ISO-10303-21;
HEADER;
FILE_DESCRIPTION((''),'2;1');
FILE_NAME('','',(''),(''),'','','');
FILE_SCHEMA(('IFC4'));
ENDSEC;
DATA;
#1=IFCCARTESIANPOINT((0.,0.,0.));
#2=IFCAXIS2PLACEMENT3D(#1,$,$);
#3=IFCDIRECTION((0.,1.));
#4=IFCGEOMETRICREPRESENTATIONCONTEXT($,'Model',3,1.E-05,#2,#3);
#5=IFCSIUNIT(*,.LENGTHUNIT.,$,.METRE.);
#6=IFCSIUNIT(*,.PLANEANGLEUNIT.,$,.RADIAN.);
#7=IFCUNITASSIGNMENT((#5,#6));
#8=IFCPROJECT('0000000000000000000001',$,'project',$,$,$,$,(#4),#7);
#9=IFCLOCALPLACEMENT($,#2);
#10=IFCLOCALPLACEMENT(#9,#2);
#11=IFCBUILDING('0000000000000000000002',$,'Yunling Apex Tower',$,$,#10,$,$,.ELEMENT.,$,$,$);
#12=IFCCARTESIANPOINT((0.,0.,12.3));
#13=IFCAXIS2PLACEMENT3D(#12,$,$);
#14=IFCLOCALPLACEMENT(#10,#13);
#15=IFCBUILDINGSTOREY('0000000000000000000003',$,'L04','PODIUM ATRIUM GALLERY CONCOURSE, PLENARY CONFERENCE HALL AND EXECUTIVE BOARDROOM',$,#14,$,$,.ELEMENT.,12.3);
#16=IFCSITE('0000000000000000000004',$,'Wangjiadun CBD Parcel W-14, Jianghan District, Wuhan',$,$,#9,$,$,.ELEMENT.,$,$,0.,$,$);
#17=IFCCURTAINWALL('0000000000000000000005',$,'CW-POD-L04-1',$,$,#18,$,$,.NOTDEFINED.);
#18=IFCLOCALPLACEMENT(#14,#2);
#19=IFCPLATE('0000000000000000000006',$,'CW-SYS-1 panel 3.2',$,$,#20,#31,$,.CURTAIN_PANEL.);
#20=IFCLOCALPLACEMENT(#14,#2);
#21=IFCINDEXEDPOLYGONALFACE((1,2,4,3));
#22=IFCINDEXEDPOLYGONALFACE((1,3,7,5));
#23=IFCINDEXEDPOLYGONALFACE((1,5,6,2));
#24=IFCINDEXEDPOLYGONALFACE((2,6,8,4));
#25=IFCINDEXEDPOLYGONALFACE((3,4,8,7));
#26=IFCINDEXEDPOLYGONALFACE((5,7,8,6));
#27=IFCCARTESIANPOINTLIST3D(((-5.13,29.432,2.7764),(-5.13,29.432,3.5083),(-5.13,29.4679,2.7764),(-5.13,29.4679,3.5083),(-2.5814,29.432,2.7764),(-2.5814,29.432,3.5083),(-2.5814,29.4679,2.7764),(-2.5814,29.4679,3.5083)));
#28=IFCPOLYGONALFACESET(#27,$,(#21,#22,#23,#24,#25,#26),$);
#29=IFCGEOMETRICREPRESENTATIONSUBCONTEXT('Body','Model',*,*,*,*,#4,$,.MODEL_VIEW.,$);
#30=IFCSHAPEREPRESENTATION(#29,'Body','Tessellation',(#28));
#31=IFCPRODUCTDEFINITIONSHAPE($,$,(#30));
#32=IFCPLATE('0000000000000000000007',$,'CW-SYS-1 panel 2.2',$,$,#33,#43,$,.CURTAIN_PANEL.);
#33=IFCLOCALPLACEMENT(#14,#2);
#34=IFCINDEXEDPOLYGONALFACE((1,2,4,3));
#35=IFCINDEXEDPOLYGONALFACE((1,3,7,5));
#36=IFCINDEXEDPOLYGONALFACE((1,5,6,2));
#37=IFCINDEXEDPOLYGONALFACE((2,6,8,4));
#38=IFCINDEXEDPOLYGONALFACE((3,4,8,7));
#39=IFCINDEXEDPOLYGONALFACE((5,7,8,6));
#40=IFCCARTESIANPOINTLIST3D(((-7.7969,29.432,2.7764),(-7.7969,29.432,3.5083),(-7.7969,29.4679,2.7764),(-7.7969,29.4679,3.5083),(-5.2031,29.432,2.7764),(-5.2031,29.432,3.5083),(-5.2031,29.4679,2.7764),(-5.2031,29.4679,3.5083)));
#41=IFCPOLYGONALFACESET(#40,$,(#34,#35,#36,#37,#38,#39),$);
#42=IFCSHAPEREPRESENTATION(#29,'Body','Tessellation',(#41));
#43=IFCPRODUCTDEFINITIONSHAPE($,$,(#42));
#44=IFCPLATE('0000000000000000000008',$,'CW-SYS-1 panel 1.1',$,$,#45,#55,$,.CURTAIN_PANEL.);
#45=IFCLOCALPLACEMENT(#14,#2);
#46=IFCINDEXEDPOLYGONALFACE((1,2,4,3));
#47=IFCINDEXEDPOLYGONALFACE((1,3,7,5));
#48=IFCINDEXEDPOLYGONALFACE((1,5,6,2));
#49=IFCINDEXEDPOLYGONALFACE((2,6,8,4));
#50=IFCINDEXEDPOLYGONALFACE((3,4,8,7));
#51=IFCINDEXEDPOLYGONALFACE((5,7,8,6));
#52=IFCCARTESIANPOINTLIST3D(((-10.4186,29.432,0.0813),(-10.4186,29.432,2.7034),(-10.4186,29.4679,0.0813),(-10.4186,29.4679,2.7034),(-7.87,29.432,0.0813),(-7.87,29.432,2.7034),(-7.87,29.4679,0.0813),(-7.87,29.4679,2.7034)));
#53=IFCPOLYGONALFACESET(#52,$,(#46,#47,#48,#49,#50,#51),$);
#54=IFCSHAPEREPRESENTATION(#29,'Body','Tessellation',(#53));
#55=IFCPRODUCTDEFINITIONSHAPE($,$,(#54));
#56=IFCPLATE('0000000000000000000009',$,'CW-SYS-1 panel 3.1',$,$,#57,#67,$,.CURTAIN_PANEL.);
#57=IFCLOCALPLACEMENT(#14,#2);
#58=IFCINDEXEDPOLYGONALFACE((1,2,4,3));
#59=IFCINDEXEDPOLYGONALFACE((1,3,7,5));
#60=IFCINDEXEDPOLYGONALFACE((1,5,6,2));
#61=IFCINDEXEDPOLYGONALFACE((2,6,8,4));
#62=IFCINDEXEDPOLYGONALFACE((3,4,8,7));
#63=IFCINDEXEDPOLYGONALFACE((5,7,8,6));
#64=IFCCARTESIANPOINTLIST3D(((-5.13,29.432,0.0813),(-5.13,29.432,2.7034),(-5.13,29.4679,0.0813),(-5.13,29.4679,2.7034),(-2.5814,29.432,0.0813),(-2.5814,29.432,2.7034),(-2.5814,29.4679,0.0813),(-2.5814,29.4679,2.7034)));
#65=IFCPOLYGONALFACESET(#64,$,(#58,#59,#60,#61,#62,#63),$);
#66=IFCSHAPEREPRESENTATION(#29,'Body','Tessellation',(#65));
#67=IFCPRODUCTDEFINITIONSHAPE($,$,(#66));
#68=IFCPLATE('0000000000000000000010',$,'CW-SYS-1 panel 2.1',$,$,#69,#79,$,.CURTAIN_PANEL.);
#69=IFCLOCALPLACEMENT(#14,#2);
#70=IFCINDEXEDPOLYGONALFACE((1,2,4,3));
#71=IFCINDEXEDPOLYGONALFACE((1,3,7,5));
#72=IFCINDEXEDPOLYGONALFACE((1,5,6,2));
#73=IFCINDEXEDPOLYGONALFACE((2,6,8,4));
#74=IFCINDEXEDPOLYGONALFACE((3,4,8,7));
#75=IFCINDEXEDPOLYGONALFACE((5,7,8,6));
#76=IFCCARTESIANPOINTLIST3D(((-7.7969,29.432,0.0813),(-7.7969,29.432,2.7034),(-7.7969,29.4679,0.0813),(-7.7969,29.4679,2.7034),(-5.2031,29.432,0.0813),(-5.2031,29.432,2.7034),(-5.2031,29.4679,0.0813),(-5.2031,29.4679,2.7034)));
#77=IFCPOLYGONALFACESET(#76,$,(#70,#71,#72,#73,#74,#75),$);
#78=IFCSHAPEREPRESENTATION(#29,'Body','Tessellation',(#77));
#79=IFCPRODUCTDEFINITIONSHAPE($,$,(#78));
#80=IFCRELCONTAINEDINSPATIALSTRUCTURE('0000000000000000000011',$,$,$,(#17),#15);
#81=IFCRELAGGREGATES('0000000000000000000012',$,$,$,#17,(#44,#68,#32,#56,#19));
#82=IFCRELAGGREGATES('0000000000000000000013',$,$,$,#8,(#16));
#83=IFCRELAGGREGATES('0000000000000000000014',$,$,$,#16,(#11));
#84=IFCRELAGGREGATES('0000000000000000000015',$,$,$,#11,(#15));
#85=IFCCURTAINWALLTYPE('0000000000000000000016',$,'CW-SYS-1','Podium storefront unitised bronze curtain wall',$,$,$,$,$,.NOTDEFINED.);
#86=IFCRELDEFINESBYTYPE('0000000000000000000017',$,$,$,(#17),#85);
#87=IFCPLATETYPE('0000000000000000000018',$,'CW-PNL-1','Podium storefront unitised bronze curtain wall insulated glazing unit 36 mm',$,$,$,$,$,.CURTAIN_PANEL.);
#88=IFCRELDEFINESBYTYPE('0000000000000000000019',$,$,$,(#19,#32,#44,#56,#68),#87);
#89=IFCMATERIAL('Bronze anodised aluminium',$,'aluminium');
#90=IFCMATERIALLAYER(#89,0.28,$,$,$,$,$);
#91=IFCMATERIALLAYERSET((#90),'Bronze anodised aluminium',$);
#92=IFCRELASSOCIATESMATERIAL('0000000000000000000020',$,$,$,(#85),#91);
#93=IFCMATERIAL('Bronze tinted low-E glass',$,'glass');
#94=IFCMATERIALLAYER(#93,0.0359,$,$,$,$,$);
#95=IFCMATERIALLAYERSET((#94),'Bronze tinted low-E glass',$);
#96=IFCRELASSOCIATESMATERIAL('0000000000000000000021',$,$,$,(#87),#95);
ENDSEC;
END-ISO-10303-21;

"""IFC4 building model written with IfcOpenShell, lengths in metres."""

from ifc_helpers import new_model, si_unit, direction, frame, origin, origin_2d, place, context, subcontext, project, spatial, rectangle, extrude, source, transform, mapped, material, layer, layer_set, type_object, element, aggregate, save


model = new_model("IFC4")

# Units and contexts
model_context = context("Model", 3, precision=1e-05, world=origin(), true_north=direction((0.0, 1.0)))
body_context = subcontext(model_context, "Body", "Model", "MODEL_VIEW")
ifc_project = project(units=[si_unit("LENGTHUNIT", "METRE"), si_unit("PLANEANGLEUNIT", "RADIAN")], contexts=[model_context])

# Site, building, storey
site_placement = place(None, origin())
site = spatial("IfcSite", under=ifc_project, at=site_placement, Name="Wangjiadun CBD Parcel W-14, Jianghan District, Wuhan", CompositionType="ELEMENT", RefElevation=0.0)
building_placement = place(site_placement, origin())
building = spatial("IfcBuilding", under=site, at=building_placement, Name="Yunling Apex Tower", CompositionType="ELEMENT")
storey_placement = place(building_placement, frame((0.0, 0.0, 12.3)))
storey = spatial("IfcBuildingStorey", under=building, at=storey_placement, Name="L04", Description="PODIUM ATRIUM GALLERY CONCOURSE, PLENARY CONFERENCE HALL AND EXECUTIVE BOARDROOM", CompositionType="ELEMENT", Elevation=12.3)

# Curtain wall, plates
ifc_material_1 = material(Name="Bronze anodised aluminium", Category="aluminium")
ifc_layer_1 = layer(ifc_material_1, 0.28)
ifc_layer_set_1 = layer_set([ifc_layer_1], Name="Bronze anodised aluminium")
curtain_wall_type = type_object("IfcCurtainWallType", Name="CW-SYS-1", Description="Podium storefront unitised bronze curtain wall", PredefinedType="NOTDEFINED", material=ifc_layer_set_1)
curtain_wall_placement = place(storey_placement, origin())
curtain_wall = element("IfcCurtainWall", 1, at=curtain_wall_placement, inside=storey, type_object=curtain_wall_type, Name="CW-POD-L04-1", PredefinedType="NOTDEFINED")
ifc_material_2 = material(Name="Bronze tinted low-E glass", Category="glass")
ifc_layer_2 = layer(ifc_material_2, 0.0359)
ifc_layer_set_2 = layer_set([ifc_layer_2], Name="Bronze tinted low-E glass")
plate_type = type_object("IfcPlateType", Name="CW-PNL-1", Description="Podium storefront unitised bronze curtain wall insulated glazing unit 36 mm", PredefinedType="CURTAIN_PANEL", material=ifc_layer_set_2)
shared_shape_1 = source(origin(), body_context, "Body", "SweptSolid", [
    extrude(rectangle(XDim=2.5486, YDim=0.0359, at=origin_2d()), origin(), (0.0, 0.0, 1.0), 0.7319),
])
plate_1_placement = place(storey_placement, frame((-3.8557, 29.45, 2.7764), z_axis=(0.0, 0.0, 1.0), x_axis=(1.0, 0.0, 0.0)))
plate_1 = element("IfcPlate", 2, at=plate_1_placement, type_object=plate_type, Name="CW-SYS-1 panel 3.2", PredefinedType="CURTAIN_PANEL", context=body_context, shape_type="MappedRepresentation", body=[
    mapped(shared_shape_1, transform((0.0, 0.0, 0.0), scale=1.0)),
])
shared_shape_2 = source(origin(), body_context, "Body", "SweptSolid", [
    extrude(rectangle(XDim=2.5938, YDim=0.0359, at=origin_2d()), origin(), (0.0, 0.0, 1.0), 0.7319),
])
plate_2_placement = place(storey_placement, frame((-6.5, 29.45, 2.7764), z_axis=(0.0, 0.0, 1.0), x_axis=(1.0, 0.0, 0.0)))
plate_2 = element("IfcPlate", 3, at=plate_2_placement, type_object=plate_type, Name="CW-SYS-1 panel 2.2", PredefinedType="CURTAIN_PANEL", context=body_context, shape_type="MappedRepresentation", body=[
    mapped(shared_shape_2, transform((0.0, 0.0, 0.0), scale=1.0)),
])
shared_shape_3 = source(origin(), body_context, "Body", "SweptSolid", [
    extrude(rectangle(XDim=2.5486, YDim=0.0359, at=origin_2d()), origin(), (0.0, 0.0, 1.0), 2.6221),
])
plate_3_placement = place(storey_placement, frame((-9.1443, 29.45, 0.0813), z_axis=(0.0, 0.0, 1.0), x_axis=(1.0, 0.0, 0.0)))
plate_3 = element("IfcPlate", 4, at=plate_3_placement, type_object=plate_type, Name="CW-SYS-1 panel 1.1", PredefinedType="CURTAIN_PANEL", context=body_context, shape_type="MappedRepresentation", body=[
    mapped(shared_shape_3, transform((0.0, 0.0, 0.0), scale=1.0)),
])
plate_4_placement = place(storey_placement, frame((-3.8557, 29.45, 0.0813), z_axis=(0.0, 0.0, 1.0), x_axis=(1.0, 0.0, 0.0)))
plate_4 = element("IfcPlate", 5, at=plate_4_placement, type_object=plate_type, Name="CW-SYS-1 panel 3.1", PredefinedType="CURTAIN_PANEL", context=body_context, shape_type="MappedRepresentation", body=[
    mapped(shared_shape_3, transform((0.0, 0.0, 0.0), scale=1.0)),
])
shared_shape_4 = source(origin(), body_context, "Body", "SweptSolid", [
    extrude(rectangle(XDim=2.5938, YDim=0.0359, at=origin_2d()), origin(), (0.0, 0.0, 1.0), 2.6221),
])
plate_5_placement = place(storey_placement, frame((-6.5, 29.45, 0.0813), z_axis=(0.0, 0.0, 1.0), x_axis=(1.0, 0.0, 0.0)))
plate_5 = element("IfcPlate", 6, at=plate_5_placement, type_object=plate_type, Name="CW-SYS-1 panel 2.1", PredefinedType="CURTAIN_PANEL", context=body_context, shape_type="MappedRepresentation", body=[
    mapped(shared_shape_4, transform((0.0, 0.0, 0.0), scale=1.0)),
])
aggregate(curtain_wall, [plate_3, plate_5, plate_2, plate_4, plate_1])

save(model, "model.ifc")
